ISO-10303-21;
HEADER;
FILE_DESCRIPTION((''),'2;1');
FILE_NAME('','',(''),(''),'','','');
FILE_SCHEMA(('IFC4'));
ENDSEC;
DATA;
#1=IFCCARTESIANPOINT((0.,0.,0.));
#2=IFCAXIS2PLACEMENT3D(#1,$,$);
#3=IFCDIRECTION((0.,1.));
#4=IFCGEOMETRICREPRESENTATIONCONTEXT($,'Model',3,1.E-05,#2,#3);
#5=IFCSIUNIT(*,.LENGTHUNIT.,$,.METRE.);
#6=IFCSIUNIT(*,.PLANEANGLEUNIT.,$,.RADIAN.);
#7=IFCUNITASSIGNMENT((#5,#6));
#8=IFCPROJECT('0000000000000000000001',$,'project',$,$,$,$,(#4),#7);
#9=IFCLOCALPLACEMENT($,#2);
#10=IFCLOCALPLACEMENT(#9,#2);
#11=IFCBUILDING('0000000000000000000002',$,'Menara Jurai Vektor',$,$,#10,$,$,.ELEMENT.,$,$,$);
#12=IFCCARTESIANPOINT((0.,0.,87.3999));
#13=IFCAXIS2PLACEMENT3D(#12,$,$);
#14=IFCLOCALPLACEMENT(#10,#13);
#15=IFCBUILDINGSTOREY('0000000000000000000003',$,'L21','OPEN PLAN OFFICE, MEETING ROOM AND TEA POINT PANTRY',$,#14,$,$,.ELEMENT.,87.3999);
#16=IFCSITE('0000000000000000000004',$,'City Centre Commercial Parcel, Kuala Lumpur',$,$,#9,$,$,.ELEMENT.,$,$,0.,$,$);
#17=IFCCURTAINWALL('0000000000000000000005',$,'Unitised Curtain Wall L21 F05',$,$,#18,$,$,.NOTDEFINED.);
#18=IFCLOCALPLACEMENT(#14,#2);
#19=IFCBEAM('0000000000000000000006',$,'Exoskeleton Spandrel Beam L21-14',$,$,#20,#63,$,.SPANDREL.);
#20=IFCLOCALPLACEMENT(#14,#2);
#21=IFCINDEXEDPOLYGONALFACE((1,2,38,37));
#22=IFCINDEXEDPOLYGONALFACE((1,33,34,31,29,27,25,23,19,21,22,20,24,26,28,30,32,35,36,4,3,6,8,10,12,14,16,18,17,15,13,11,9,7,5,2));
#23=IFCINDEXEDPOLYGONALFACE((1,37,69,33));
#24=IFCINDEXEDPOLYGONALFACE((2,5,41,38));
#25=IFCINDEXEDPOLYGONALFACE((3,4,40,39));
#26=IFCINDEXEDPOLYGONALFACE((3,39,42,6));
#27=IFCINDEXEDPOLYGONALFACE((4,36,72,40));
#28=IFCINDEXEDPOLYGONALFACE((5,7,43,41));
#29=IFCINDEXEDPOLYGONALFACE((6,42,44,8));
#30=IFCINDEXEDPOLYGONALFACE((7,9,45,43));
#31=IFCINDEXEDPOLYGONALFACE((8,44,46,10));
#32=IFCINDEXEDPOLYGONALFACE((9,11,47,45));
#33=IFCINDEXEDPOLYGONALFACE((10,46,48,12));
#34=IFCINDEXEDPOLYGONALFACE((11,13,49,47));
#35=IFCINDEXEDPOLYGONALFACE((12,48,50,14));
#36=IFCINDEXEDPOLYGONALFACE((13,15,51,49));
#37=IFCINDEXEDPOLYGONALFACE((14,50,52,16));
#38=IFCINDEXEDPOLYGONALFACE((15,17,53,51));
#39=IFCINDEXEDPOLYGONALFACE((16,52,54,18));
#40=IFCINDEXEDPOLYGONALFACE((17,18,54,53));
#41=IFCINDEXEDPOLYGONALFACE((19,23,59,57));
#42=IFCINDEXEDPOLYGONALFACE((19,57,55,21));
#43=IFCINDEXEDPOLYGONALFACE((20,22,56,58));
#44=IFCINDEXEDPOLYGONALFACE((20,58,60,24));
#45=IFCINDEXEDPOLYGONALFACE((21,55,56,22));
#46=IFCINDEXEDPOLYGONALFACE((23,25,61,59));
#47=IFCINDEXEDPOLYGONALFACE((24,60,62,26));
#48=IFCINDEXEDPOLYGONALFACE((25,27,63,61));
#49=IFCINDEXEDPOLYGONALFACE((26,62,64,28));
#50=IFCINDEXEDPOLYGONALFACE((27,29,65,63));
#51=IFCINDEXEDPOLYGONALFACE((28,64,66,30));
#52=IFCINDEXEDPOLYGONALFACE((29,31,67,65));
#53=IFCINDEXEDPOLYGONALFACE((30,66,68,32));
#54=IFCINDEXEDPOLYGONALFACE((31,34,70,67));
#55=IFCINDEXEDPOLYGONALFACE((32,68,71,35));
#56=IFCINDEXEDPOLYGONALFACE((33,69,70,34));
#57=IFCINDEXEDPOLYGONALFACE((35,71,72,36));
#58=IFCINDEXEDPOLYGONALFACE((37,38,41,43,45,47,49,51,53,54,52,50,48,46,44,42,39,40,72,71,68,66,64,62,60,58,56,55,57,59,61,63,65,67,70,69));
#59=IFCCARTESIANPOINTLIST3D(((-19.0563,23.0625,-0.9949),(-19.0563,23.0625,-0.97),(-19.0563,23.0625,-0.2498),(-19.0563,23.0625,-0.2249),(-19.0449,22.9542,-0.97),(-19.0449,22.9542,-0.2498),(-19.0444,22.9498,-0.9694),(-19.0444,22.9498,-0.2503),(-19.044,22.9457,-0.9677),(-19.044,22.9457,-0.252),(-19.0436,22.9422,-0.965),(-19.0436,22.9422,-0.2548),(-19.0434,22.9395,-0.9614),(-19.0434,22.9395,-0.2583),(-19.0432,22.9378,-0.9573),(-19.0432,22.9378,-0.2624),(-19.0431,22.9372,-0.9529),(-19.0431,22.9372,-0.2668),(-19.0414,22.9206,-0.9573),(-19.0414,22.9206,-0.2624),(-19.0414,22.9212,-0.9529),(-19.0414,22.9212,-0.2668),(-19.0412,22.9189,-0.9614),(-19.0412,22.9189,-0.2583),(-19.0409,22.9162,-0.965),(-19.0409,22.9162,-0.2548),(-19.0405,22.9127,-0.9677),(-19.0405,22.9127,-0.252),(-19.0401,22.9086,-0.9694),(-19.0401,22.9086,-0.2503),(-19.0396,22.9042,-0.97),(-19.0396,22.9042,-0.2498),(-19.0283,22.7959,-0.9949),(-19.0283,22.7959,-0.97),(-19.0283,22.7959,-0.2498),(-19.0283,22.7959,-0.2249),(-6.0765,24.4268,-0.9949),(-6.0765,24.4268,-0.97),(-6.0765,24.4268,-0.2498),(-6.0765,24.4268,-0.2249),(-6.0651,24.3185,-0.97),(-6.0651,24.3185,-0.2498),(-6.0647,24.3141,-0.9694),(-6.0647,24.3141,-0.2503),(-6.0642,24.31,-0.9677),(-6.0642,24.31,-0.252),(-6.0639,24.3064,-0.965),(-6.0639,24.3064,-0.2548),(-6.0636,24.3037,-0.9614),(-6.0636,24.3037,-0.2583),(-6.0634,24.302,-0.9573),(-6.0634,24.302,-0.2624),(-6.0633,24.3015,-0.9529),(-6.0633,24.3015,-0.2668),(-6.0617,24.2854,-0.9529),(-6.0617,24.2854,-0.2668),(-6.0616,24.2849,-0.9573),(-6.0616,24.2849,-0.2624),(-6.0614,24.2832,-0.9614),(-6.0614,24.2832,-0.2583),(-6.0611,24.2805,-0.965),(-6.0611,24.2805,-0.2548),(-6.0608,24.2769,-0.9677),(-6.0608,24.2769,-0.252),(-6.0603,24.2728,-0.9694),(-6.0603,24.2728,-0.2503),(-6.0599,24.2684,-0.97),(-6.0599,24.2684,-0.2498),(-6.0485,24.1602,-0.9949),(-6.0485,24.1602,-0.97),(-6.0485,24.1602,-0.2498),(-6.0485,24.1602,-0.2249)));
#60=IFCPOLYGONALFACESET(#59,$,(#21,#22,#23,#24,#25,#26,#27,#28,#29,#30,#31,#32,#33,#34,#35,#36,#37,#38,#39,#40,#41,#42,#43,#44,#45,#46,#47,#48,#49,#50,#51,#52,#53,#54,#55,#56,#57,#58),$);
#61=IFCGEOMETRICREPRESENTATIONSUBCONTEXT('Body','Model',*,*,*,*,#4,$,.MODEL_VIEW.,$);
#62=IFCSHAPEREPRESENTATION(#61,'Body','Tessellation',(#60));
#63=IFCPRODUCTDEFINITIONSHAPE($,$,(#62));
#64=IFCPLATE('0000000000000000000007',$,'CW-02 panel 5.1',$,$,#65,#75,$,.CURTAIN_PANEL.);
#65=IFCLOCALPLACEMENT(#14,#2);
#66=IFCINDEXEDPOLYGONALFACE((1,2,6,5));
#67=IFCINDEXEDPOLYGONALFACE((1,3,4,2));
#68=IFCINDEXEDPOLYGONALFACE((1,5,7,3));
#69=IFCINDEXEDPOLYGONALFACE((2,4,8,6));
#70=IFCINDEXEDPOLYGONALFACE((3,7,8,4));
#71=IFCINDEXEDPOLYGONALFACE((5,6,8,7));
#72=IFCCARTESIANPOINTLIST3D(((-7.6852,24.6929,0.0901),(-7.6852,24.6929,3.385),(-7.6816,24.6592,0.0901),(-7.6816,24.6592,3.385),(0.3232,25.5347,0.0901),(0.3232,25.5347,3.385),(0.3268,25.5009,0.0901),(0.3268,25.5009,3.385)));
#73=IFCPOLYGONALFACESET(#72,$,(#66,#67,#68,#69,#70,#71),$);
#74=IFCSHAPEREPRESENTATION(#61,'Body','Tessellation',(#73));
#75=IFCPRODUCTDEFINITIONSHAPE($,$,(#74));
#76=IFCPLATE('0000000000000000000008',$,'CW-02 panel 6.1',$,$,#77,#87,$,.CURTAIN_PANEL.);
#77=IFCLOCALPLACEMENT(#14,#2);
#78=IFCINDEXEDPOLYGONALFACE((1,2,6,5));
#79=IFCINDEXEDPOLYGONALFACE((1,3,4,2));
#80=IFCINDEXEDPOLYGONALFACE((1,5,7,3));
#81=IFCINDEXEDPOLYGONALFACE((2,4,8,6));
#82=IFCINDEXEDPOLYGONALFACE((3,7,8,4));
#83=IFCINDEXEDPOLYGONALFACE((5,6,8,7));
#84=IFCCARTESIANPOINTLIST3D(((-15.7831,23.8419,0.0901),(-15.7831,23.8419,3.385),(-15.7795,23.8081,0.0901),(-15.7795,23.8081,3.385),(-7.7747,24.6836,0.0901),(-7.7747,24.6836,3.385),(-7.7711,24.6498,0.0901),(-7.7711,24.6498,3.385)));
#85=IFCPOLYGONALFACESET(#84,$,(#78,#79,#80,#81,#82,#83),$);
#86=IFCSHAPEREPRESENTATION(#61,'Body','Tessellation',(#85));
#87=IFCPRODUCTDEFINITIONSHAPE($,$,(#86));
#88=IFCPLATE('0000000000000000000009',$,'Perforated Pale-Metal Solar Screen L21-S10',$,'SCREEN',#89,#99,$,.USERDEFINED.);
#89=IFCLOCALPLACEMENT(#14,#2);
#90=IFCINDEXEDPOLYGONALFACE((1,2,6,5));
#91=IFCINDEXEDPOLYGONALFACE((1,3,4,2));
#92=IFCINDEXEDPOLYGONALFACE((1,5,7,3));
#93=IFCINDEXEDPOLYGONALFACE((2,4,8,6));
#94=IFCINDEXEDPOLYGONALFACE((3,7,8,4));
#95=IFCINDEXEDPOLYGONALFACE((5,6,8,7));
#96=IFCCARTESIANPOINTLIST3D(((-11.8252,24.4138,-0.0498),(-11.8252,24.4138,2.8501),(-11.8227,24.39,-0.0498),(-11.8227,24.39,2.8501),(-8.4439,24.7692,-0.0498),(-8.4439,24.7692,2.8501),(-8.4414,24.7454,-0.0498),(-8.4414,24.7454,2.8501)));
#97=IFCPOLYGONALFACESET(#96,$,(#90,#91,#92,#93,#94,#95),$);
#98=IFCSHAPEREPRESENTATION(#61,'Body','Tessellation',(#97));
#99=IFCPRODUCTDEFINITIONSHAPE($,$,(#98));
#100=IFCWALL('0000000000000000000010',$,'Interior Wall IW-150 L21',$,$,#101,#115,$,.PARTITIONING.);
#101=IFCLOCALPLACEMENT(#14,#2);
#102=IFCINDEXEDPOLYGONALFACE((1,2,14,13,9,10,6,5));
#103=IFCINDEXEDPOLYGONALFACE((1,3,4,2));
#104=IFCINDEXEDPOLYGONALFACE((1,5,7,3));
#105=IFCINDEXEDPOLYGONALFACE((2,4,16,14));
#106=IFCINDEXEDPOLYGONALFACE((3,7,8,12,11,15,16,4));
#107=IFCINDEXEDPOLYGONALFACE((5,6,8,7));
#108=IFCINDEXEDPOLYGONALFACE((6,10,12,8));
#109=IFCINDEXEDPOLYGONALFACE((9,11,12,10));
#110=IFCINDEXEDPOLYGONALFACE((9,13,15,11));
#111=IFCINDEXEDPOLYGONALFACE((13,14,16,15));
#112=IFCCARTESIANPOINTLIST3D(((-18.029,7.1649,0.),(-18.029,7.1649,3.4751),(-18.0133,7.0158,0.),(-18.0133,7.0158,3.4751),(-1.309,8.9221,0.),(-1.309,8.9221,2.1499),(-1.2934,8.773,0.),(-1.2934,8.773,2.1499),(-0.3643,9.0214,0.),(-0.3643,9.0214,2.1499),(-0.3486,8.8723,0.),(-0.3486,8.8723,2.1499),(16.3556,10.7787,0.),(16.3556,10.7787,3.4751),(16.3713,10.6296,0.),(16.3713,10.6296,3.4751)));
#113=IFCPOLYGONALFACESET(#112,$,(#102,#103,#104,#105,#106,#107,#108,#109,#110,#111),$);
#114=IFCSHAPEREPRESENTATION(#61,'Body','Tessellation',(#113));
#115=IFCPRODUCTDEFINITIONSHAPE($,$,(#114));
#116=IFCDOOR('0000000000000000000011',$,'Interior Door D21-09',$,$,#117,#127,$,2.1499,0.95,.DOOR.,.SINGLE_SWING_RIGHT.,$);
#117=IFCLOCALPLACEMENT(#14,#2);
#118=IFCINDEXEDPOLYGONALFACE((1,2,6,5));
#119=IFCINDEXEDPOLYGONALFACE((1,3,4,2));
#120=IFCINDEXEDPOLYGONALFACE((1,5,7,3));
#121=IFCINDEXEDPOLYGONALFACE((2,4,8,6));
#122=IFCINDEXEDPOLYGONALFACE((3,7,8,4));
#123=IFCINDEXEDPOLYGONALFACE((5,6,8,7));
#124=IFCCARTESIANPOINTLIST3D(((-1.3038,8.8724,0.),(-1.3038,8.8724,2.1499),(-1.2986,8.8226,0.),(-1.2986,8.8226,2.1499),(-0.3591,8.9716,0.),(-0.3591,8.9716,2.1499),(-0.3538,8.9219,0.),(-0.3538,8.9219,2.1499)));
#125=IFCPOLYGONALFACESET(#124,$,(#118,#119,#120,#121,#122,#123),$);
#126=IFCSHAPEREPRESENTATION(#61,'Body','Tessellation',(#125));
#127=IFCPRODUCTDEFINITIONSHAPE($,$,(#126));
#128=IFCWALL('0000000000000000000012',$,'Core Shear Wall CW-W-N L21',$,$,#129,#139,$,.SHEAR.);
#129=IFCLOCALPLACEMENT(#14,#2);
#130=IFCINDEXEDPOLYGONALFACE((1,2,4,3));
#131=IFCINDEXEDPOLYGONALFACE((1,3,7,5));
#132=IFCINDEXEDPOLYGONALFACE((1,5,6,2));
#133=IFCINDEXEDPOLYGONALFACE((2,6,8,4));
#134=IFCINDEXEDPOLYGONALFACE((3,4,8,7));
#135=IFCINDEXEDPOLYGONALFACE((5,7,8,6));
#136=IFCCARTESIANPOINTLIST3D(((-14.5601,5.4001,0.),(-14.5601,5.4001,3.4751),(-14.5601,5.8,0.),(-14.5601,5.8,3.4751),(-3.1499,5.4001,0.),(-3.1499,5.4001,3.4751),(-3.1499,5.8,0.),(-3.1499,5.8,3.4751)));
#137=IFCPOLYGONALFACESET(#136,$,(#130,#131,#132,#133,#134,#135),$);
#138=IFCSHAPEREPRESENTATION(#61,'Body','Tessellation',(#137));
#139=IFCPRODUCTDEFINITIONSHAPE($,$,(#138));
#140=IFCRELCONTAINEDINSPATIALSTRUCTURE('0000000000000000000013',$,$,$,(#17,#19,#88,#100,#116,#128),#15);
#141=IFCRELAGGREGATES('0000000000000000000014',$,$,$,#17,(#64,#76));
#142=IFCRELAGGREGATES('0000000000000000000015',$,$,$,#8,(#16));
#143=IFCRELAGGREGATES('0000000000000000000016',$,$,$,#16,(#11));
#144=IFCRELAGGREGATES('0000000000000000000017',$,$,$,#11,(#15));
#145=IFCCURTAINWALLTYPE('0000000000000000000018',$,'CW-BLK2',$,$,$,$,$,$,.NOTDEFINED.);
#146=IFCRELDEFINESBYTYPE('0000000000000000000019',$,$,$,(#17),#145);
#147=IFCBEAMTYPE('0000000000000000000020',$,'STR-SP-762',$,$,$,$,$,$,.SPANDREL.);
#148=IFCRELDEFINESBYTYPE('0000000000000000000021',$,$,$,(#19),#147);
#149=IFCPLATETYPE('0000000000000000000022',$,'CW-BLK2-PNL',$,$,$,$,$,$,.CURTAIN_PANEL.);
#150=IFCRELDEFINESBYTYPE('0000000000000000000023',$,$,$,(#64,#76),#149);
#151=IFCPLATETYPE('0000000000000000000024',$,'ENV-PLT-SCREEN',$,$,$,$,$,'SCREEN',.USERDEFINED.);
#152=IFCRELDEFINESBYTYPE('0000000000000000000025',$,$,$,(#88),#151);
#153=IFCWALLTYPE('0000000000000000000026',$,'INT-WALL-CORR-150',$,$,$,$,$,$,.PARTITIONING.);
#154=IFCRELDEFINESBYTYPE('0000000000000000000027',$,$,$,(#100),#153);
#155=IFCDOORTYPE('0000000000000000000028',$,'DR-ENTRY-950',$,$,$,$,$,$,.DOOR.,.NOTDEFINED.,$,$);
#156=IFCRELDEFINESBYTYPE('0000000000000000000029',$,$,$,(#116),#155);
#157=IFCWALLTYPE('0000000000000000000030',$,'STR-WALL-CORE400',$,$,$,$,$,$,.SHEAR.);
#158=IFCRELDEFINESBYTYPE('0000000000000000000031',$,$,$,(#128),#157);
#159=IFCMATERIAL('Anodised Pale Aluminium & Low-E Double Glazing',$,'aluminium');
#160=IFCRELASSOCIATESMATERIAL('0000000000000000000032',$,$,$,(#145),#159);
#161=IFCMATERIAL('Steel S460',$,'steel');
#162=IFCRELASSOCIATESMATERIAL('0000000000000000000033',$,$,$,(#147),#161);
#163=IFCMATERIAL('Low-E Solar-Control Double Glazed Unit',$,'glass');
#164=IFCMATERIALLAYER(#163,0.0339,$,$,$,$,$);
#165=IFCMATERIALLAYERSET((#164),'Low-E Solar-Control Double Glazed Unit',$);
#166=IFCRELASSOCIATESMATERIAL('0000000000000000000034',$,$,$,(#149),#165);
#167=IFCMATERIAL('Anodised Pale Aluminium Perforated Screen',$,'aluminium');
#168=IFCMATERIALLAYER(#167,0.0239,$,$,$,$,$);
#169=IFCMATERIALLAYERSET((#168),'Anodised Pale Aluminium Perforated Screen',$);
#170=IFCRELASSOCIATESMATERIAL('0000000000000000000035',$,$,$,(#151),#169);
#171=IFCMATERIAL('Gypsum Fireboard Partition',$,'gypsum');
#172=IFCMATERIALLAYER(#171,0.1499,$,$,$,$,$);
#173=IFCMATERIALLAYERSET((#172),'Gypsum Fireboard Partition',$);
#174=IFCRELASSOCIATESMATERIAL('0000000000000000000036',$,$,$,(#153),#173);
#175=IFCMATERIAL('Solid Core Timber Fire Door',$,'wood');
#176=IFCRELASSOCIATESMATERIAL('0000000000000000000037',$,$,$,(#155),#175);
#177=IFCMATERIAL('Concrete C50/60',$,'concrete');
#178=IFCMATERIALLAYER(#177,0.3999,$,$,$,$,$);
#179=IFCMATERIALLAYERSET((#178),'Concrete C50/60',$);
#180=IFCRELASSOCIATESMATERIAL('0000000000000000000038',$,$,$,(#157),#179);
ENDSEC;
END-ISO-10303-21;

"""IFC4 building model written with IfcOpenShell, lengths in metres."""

from ifc_helpers import new_model, si_unit, direction, frame, frame_2d, origin, origin_2d, place, context, subcontext, project, spatial, rectangle, i_section, extrude, material, layer, layer_set, material_profile, profile_set, type_object, element, fill, aggregate, save


model = new_model("IFC4")

# Units and contexts
model_context = context("Model", 3, precision=1e-05, world=origin(), true_north=direction((0.0, 1.0)))
body_context = subcontext(model_context, "Body", "Model", "MODEL_VIEW")
ifc_project = project(units=[si_unit("LENGTHUNIT", "METRE"), si_unit("PLANEANGLEUNIT", "RADIAN")], contexts=[model_context])

# Site, building, storey
site_placement = place(None, origin())
site = spatial("IfcSite", under=ifc_project, at=site_placement, Name="City Centre Commercial Parcel, Kuala Lumpur", CompositionType="ELEMENT", RefElevation=0.0)
building_placement = place(site_placement, origin())
building = spatial("IfcBuilding", under=site, at=building_placement, Name="Menara Jurai Vektor", CompositionType="ELEMENT")
storey_placement = place(building_placement, frame((0.0, 0.0, 87.3999)))
storey = spatial("IfcBuildingStorey", under=building, at=storey_placement, Name="L21", Description="OPEN PLAN OFFICE, MEETING ROOM AND TEA POINT PANTRY", CompositionType="ELEMENT", Elevation=87.3999)

# Shared definitions
ifc_material_1 = material(Name="Steel S460", Category="steel")

# Curtain wall
ifc_material_2 = material(Name="Anodised Pale Aluminium & Low-E Double Glazing", Category="aluminium")
curtain_wall_type = type_object("IfcCurtainWallType", Name="CW-BLK2", PredefinedType="NOTDEFINED", material=ifc_material_2)
curtain_wall_placement = place(storey_placement, origin())
curtain_wall = element("IfcCurtainWall", 1, at=curtain_wall_placement, inside=storey, type_object=curtain_wall_type, Name="Unitised Curtain Wall L21 F05", PredefinedType="NOTDEFINED")

# Beam
ifc_material_profile_1 = material_profile(ifc_material_1, i_section(OverallWidth=0.2681, OverallDepth=0.77, WebThickness=0.0161, FlangeThickness=0.0249, FilletRadius=0.0171, at=origin_2d()), Name="UKB 762x267x197")
ifc_profile_set_1 = profile_set([ifc_material_profile_1], Name="Steel S460")
beam_type_1 = type_object("IfcBeamType", Name="STR-SP-762", PredefinedType="SPANDREL", material=ifc_profile_set_1)
beam_1_placement = place(storey_placement, frame((-6.0625, 24.2935, -0.6099), z_axis=(-0.994522, -0.104531, 0.0), x_axis=(0.104531, -0.994522, 0.0)))
element("IfcBeam", 2, at=beam_1_placement, inside=storey, type_object=beam_type_1, Name="Exoskeleton Spandrel Beam L21-14", PredefinedType="SPANDREL", context=body_context, shape_type="SweptSolid", body=[
    extrude(i_section(OverallWidth=0.2681, OverallDepth=0.77, WebThickness=0.0161, FlangeThickness=0.0249, FilletRadius=0.0171, at=origin_2d()), origin(), (0.0, 0.0, 1.0), 13.0513),
])

# Plates
ifc_material_3 = material(Name="Low-E Solar-Control Double Glazed Unit", Category="glass")
ifc_layer_1 = layer(ifc_material_3, 0.0339)
ifc_layer_set_1 = layer_set([ifc_layer_1], Name="Low-E Solar-Control Double Glazed Unit")
plate_type_1 = type_object("IfcPlateType", Name="CW-BLK2-PNL", PredefinedType="CURTAIN_PANEL", material=ifc_layer_set_1)
plate_1_placement = place(storey_placement, frame((-3.6792, 25.0969, 0.0901), z_axis=(0.0, 0.0, 1.0), x_axis=(-0.994522, -0.104529, 0.0)))
plate_1 = element("IfcPlate", 3, at=plate_1_placement, type_object=plate_type_1, Name="CW-02 panel 5.1", PredefinedType="CURTAIN_PANEL", context=body_context, shape_type="SweptSolid", body=[
    extrude(rectangle(XDim=8.0525, YDim=0.0339, at=origin_2d()), origin(), (0.0, 0.0, 1.0), 3.2949),
])
plate_2_placement = place(storey_placement, frame((-11.7771, 24.2458, 0.0901), z_axis=(0.0, 0.0, 1.0), x_axis=(-0.994522, -0.104529, 0.0)))
plate_2 = element("IfcPlate", 4, at=plate_2_placement, type_object=plate_type_1, Name="CW-02 panel 6.1", PredefinedType="CURTAIN_PANEL", context=body_context, shape_type="SweptSolid", body=[
    extrude(rectangle(XDim=8.0525, YDim=0.0339, at=origin_2d()), origin(), (0.0, 0.0, 1.0), 3.2949),
])
aggregate(curtain_wall, [plate_1, plate_2])
ifc_material_4 = material(Name="Anodised Pale Aluminium Perforated Screen", Category="aluminium")
ifc_layer_2 = layer(ifc_material_4, 0.0239)
ifc_layer_set_2 = layer_set([ifc_layer_2], Name="Anodised Pale Aluminium Perforated Screen")
plate_type_2 = type_object("IfcPlateType", Name="ENV-PLT-SCREEN", ElementType="SCREEN", PredefinedType="USERDEFINED", material=ifc_layer_set_2)
plate_3_placement = place(storey_placement, frame((-10.1333, 24.5796, -0.0498), z_axis=(0.0, 0.0, 1.0), x_axis=(-0.994522, -0.104528, 0.0)))
element("IfcPlate", 5, at=plate_3_placement, inside=storey, type_object=plate_type_2, Name="Perforated Pale-Metal Solar Screen L21-S10", ObjectType="SCREEN", PredefinedType="USERDEFINED", context=body_context, shape_type="SweptSolid", body=[
    extrude(rectangle(XDim=3.3999, YDim=0.0239, at=origin_2d()), origin(), (0.0, 0.0, 1.0), 2.8999),
])

# Wall, opening, door
ifc_material_5 = material(Name="Gypsum Fireboard Partition", Category="gypsum")
ifc_layer_3 = layer(ifc_material_5, 0.1499)
ifc_layer_set_3 = layer_set([ifc_layer_3], Name="Gypsum Fireboard Partition")
wall_type_1 = type_object("IfcWallType", Name="INT-WALL-CORR-150", PredefinedType="PARTITIONING", material=ifc_layer_set_3)
wall_1_placement = place(storey_placement, frame((-18.0212, 7.0903, 0.0), z_axis=(0.0, 0.0, 1.0), x_axis=(0.994522, 0.104523, 0.0)))
wall_1 = element("IfcWall", 6, at=wall_1_placement, inside=storey, type_object=wall_type_1, Name="Interior Wall IW-150 L21", PredefinedType="PARTITIONING", context=body_context, shape_type="SweptSolid", body=[
    extrude(rectangle(XDim=34.574, YDim=0.1499, at=frame_2d((17.2871, 0.0))), origin(), (0.0, 0.0, 1.0), 3.4751),
])
opening_placement = place(wall_1_placement, frame((16.812, 0.0, 0.0)))
opening = element("IfcOpeningElement", 7, at=opening_placement, cuts=wall_1, PredefinedType="OPENING", context=body_context, shape_type="SweptSolid", body=[
    extrude(rectangle(XDim=0.95, YDim=2.1499, at=frame_2d((0.4751, 1.075))), frame((0.0, 0.085, 0.0), z_axis=(0.0, -1.0, 0.0), x_axis=(1.0, 0.0, 0.0)), (0.0, 0.0, 1.0), 0.1699),
])
ifc_material_6 = material(Name="Solid Core Timber Fire Door", Category="wood")
door_type = type_object("IfcDoorType", Name="DR-ENTRY-950", OperationType="NOTDEFINED", PredefinedType="DOOR", material=ifc_material_6)
door_placement = place(opening_placement, origin())
door = element("IfcDoor", 8, at=door_placement, inside=storey, type_object=door_type, Name="Interior Door D21-09", OperationType="SINGLE_SWING_RIGHT", OverallHeight=2.1499, OverallWidth=0.95, PredefinedType="DOOR", context=body_context, shape_type="SweptSolid", body=[
    extrude(rectangle(XDim=0.95, YDim=2.1499, at=frame_2d((0.4751, 1.075))), frame((0.0, 0.0249, 0.0), z_axis=(0.0, -1.0, 0.0), x_axis=(1.0, 0.0, 0.0)), (0.0, 0.0, 1.0), 0.05),
])
fill(opening, door)

# Wall
ifc_material_7 = material(Name="Concrete C50/60", Category="concrete")
ifc_layer_4 = layer(ifc_material_7, 0.3999)
ifc_layer_set_4 = layer_set([ifc_layer_4], Name="Concrete C50/60")
wall_type_2 = type_object("IfcWallType", Name="STR-WALL-CORE400", PredefinedType="SHEAR", material=ifc_layer_set_4)
wall_2_placement = place(storey_placement, frame((-14.5601, 5.6001, 0.0), z_axis=(0.0, 0.0, 1.0), x_axis=(1.0, 0.0, 0.0)))
element("IfcWall", 9, at=wall_2_placement, inside=storey, type_object=wall_type_2, Name="Core Shear Wall CW-W-N L21", PredefinedType="SHEAR", context=body_context, shape_type="SweptSolid", body=[
    extrude(rectangle(XDim=11.4102, YDim=0.3999, at=frame_2d((5.7051, 0.0))), origin(), (0.0, 0.0, 1.0), 3.4751),
])

save(model, "model.ifc")
